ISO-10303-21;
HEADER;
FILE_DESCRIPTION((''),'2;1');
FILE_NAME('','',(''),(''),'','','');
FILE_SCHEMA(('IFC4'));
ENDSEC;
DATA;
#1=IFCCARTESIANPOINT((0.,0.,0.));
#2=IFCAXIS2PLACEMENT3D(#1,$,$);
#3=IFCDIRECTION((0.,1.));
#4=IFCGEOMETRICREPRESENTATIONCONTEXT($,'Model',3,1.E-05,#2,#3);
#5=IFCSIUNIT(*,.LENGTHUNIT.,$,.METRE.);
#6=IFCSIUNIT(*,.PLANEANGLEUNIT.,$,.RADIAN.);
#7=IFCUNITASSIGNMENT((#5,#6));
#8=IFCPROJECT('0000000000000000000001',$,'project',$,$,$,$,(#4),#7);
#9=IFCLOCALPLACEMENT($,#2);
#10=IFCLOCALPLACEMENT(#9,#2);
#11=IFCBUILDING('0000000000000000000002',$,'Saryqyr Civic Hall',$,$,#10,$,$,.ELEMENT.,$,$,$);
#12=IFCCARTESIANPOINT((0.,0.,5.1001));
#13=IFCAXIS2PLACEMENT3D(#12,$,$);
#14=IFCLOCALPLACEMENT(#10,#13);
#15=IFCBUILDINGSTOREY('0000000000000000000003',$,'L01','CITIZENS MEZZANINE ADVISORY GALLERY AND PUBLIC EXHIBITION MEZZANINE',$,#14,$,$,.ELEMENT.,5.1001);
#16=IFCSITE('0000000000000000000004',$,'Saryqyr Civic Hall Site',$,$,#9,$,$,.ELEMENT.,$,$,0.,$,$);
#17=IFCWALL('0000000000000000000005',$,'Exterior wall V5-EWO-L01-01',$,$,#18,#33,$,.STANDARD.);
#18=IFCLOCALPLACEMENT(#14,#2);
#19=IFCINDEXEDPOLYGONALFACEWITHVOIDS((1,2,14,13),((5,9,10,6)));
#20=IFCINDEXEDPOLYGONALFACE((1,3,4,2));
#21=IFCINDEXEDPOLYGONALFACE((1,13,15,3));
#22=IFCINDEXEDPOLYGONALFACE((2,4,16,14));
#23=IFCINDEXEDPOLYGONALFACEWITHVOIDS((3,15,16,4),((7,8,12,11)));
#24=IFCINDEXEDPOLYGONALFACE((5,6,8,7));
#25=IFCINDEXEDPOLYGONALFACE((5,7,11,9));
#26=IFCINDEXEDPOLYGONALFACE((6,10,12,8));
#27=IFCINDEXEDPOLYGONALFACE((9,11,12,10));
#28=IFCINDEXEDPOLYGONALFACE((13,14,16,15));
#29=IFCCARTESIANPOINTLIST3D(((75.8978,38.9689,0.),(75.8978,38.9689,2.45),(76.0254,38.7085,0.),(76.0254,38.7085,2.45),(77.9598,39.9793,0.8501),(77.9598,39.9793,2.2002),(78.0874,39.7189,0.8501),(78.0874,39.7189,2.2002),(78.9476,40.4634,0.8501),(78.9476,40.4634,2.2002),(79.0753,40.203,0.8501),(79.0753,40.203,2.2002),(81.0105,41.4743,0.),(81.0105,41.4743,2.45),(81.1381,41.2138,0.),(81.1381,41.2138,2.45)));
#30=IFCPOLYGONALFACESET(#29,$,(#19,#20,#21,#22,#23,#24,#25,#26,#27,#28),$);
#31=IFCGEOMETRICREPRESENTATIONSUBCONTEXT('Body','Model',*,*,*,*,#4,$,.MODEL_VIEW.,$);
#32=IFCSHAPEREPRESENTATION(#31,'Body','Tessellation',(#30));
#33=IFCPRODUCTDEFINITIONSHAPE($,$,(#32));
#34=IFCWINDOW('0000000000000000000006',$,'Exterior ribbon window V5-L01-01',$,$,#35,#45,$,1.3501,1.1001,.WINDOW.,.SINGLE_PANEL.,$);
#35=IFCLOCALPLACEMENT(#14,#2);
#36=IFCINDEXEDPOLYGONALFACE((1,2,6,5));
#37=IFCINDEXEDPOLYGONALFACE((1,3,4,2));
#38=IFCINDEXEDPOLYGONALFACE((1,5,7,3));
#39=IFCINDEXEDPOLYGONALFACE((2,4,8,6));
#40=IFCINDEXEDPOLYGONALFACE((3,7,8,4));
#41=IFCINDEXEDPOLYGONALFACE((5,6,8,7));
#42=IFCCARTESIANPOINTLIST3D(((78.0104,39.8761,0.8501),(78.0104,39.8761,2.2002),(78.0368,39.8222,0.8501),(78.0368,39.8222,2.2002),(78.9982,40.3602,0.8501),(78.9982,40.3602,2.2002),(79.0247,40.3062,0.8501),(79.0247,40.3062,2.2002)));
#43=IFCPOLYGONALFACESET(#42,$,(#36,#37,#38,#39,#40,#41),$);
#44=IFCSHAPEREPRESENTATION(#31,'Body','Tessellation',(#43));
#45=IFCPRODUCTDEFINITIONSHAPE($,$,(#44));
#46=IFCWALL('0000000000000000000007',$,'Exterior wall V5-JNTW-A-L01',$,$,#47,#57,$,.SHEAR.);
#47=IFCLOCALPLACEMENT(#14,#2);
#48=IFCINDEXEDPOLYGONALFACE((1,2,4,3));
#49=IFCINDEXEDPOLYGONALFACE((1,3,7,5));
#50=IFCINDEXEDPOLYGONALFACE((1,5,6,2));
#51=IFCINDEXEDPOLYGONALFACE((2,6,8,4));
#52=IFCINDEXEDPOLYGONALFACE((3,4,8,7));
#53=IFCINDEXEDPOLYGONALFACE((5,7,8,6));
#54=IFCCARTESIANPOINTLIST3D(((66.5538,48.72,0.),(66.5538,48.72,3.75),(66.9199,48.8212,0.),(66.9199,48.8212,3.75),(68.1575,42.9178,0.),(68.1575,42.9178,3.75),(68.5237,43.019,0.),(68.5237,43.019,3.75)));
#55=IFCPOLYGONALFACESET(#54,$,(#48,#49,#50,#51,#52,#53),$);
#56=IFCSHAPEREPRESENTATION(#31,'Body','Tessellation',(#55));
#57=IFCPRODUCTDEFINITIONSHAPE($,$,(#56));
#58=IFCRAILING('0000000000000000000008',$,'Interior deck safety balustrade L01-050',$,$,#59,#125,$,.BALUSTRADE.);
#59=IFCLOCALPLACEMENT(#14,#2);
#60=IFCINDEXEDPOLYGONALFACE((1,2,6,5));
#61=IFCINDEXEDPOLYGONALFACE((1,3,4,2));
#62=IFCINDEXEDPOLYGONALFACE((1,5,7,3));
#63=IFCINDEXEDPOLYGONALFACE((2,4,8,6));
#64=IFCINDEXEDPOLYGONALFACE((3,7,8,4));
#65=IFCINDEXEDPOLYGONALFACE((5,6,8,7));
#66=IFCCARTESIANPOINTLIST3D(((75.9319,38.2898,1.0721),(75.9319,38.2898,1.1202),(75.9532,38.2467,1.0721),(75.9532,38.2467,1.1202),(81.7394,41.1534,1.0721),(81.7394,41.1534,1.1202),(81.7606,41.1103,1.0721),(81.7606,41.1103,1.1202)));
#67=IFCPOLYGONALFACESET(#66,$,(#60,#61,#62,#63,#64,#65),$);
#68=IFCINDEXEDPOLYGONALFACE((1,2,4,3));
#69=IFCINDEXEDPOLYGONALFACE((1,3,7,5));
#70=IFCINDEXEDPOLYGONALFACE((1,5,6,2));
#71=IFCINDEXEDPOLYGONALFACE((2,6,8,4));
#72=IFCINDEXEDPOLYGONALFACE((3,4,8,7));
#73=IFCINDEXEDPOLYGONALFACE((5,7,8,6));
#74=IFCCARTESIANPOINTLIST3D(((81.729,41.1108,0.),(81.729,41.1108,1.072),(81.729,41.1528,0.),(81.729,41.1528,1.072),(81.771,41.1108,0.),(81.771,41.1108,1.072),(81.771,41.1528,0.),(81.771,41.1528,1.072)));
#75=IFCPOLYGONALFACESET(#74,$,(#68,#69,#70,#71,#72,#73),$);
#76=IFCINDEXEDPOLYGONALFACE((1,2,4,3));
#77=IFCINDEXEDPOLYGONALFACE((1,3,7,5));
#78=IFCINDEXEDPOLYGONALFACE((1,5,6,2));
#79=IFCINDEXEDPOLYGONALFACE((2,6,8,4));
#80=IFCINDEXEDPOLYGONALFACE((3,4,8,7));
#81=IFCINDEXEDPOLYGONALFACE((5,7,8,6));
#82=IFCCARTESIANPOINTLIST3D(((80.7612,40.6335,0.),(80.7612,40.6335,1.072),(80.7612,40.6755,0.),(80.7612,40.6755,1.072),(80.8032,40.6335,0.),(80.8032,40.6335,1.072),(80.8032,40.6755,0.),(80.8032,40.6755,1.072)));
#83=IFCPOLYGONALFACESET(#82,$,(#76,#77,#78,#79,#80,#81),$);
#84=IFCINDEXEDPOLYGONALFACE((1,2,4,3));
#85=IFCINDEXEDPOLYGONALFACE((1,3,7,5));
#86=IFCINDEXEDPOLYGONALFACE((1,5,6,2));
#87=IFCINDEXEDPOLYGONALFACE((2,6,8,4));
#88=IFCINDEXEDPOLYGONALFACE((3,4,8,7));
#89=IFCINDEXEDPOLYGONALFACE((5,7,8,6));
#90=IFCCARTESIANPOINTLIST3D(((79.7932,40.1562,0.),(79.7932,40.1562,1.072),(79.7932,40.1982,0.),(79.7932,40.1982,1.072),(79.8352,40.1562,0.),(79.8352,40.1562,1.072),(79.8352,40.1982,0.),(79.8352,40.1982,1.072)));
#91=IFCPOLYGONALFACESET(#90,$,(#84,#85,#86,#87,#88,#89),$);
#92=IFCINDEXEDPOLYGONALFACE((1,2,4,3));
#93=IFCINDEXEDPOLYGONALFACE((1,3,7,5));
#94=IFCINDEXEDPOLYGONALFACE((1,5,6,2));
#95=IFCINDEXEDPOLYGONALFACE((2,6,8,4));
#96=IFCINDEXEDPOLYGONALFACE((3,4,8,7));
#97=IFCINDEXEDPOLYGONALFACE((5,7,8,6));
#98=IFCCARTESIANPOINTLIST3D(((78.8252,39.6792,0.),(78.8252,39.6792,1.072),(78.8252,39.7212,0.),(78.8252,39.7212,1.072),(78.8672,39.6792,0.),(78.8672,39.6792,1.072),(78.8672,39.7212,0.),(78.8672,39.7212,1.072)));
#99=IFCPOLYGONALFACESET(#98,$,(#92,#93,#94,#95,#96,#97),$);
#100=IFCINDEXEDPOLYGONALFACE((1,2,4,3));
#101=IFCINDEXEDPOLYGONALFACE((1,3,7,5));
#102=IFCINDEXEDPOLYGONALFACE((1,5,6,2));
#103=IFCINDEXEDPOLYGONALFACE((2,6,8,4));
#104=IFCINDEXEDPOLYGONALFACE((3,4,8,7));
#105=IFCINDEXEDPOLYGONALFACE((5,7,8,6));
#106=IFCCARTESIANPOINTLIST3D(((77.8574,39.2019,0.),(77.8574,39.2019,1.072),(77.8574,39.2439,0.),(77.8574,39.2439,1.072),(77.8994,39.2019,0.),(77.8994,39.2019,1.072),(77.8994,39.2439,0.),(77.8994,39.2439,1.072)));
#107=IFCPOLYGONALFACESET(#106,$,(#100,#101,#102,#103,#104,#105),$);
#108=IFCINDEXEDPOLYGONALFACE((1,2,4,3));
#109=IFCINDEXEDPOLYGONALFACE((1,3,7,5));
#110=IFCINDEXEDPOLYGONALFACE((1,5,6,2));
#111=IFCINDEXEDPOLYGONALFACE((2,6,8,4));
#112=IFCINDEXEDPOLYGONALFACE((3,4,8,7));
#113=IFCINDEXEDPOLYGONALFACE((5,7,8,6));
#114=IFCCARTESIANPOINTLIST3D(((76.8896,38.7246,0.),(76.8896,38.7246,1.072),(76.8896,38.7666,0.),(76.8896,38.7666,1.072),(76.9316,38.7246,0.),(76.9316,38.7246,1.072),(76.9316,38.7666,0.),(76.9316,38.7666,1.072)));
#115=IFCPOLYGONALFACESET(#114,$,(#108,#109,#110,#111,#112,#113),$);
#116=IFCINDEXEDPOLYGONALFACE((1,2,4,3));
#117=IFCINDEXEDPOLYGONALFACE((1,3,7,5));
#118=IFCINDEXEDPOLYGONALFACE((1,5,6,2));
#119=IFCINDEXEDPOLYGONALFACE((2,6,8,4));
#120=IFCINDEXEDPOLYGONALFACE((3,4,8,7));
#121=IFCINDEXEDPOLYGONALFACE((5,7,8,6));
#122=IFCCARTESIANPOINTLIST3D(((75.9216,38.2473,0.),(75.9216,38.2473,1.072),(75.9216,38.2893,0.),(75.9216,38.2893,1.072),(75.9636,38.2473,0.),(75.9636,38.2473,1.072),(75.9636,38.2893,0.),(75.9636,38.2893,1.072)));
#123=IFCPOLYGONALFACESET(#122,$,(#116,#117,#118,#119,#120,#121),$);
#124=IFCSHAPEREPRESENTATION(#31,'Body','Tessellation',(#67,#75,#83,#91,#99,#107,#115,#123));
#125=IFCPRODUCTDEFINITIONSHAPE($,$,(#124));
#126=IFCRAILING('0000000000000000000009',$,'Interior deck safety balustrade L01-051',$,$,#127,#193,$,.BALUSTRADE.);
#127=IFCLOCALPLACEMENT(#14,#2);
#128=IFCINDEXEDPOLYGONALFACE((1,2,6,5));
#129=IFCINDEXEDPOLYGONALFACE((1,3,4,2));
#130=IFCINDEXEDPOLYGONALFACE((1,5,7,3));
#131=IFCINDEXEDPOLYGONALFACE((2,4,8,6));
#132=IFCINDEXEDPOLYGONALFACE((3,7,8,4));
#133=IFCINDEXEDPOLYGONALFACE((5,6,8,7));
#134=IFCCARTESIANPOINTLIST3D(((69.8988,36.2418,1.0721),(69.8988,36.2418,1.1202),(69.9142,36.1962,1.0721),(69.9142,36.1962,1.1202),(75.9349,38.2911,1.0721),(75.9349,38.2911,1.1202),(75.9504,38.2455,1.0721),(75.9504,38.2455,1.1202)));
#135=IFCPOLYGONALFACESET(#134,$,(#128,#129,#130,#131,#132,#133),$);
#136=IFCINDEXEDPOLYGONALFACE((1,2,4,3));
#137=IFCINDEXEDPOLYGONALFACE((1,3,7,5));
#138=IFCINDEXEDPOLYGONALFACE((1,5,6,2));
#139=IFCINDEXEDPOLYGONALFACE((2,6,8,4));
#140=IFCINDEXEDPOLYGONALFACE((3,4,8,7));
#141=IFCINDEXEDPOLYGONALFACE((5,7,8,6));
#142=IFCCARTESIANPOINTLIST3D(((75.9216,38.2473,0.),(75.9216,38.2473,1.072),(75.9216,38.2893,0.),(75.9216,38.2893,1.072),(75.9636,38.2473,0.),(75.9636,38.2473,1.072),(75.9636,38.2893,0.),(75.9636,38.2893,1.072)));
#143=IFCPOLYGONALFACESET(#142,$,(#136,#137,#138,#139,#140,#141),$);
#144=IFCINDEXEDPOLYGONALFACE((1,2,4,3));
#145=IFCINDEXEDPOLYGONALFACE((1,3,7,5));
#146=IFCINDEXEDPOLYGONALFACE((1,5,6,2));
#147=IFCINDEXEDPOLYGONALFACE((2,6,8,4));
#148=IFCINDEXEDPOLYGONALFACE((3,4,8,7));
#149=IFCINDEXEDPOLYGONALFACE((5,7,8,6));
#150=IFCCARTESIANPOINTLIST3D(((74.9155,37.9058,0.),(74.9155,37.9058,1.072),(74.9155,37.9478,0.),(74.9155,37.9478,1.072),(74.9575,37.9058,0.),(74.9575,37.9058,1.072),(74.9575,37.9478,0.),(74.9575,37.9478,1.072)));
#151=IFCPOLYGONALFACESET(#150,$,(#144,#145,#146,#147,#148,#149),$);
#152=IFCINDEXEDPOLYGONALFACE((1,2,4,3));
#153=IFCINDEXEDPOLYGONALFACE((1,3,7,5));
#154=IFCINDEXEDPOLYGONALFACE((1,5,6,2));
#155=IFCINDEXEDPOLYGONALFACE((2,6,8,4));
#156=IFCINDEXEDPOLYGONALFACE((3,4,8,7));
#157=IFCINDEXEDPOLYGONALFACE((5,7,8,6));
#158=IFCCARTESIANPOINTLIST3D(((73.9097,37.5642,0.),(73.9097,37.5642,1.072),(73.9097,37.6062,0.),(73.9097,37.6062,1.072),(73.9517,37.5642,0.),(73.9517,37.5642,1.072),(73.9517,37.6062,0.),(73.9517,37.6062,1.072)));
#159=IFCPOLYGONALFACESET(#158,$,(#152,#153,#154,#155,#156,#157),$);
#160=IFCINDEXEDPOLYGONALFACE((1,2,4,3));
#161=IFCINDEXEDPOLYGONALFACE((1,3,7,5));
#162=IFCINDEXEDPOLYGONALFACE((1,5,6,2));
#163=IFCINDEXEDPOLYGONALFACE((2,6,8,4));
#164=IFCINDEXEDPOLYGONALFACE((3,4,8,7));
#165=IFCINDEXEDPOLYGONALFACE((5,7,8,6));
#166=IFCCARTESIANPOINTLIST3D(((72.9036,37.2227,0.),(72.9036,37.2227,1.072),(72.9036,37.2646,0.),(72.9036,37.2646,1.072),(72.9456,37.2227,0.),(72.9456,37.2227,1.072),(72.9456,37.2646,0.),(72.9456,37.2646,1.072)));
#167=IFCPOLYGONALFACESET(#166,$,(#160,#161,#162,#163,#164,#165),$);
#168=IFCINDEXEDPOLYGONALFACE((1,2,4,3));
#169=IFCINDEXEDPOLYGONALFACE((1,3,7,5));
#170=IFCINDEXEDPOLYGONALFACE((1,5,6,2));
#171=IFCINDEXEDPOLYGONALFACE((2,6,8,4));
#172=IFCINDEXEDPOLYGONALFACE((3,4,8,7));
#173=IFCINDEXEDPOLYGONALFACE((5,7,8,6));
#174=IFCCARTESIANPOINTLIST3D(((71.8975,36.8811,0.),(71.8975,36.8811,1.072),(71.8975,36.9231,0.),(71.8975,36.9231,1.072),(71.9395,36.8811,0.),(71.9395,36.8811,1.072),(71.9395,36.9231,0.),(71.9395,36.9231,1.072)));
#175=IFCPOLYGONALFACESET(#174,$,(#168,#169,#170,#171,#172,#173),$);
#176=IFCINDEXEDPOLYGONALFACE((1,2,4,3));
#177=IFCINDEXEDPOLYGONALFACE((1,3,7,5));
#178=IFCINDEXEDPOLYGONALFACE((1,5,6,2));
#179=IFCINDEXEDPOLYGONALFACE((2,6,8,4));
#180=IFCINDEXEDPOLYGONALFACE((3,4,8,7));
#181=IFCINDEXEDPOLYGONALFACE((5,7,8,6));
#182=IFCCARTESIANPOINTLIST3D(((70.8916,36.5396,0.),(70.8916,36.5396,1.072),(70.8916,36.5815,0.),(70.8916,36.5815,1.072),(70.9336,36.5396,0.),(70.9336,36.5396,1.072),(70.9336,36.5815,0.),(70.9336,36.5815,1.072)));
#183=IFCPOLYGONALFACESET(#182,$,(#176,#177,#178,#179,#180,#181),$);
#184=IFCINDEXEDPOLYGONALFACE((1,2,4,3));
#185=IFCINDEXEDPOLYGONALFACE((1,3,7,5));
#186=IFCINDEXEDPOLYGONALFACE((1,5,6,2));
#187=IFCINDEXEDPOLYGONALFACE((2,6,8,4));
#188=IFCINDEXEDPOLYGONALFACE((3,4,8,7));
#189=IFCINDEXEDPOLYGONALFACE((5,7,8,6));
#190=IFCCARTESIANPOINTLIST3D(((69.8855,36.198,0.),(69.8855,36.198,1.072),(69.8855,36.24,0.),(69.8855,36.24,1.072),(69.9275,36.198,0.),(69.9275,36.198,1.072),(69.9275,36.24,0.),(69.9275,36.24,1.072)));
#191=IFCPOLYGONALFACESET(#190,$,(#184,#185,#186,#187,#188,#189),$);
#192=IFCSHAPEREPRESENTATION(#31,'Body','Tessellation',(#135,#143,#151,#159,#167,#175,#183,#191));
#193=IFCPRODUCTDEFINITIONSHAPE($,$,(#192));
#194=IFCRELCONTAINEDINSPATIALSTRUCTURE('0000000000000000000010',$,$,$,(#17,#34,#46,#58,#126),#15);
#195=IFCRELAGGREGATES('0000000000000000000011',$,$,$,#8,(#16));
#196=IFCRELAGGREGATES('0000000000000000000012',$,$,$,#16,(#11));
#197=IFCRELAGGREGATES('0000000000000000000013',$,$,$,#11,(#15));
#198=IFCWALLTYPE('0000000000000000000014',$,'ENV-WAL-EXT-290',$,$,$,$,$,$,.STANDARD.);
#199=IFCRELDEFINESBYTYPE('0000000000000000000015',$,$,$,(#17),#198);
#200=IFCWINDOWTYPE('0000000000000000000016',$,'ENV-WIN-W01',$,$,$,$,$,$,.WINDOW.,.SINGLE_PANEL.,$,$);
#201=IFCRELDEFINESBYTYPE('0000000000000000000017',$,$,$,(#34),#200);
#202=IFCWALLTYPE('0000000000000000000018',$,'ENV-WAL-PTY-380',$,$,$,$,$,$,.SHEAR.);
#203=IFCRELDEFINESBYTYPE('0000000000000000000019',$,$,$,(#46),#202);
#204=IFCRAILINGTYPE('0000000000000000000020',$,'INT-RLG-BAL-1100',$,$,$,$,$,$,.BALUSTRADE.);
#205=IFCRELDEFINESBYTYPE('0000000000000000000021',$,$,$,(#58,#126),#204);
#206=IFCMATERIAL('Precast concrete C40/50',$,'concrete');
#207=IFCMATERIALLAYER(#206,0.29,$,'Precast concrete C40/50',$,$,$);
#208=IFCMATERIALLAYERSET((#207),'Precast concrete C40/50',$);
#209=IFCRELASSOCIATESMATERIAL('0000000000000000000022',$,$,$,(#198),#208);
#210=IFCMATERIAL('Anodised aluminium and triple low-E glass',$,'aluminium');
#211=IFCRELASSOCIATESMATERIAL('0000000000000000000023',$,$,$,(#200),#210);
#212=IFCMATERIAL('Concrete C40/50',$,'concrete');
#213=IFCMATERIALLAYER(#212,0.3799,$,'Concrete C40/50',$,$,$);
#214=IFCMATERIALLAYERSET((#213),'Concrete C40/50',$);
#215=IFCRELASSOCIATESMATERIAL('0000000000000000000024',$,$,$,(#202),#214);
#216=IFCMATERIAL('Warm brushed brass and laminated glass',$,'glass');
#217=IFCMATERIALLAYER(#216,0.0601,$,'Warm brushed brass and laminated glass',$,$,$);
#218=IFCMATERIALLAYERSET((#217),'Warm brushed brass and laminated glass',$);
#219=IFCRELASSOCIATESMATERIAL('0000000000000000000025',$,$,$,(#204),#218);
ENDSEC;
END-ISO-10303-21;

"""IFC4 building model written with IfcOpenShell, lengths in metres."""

from ifc_helpers import new_model, si_unit, direction, frame, frame_2d, origin, origin_2d, place, context, subcontext, project, spatial, rectangle, extrude, material, layer, layer_set, type_object, element, fill, save


model = new_model("IFC4")

# Units and contexts
model_context = context("Model", 3, precision=1e-05, world=origin(), true_north=direction((0.0, 1.0)))
body_context = subcontext(model_context, "Body", "Model", "MODEL_VIEW")
ifc_project = project(units=[si_unit("LENGTHUNIT", "METRE"), si_unit("PLANEANGLEUNIT", "RADIAN")], contexts=[model_context])

# Site, building, storey
site_placement = place(None, origin())
site = spatial("IfcSite", under=ifc_project, at=site_placement, Name="Saryqyr Civic Hall Site", CompositionType="ELEMENT", RefElevation=0.0)
building_placement = place(site_placement, origin())
building = spatial("IfcBuilding", under=site, at=building_placement, Name="Saryqyr Civic Hall", CompositionType="ELEMENT")
storey_placement = place(building_placement, frame((0.0, 0.0, 5.1001)))
storey = spatial("IfcBuildingStorey", under=building, at=storey_placement, Name="L01", Description="CITIZENS MEZZANINE ADVISORY GALLERY AND PUBLIC EXHIBITION MEZZANINE", CompositionType="ELEMENT", Elevation=5.1001)

# Shared definitions
ifc_material_1 = material(Name="Concrete C40/50", Category="concrete")

# Shared definitions
ifc_material_2 = material(Name="Anodised aluminium and triple low-E glass", Category="aluminium")

# Shared definitions
ifc_material_3 = material(Name="Precast concrete C40/50", Category="concrete")

# Wall, opening, window
ifc_layer_1 = layer(ifc_material_3, 0.29, Name="Precast concrete C40/50")
ifc_layer_set_1 = layer_set([ifc_layer_1], Name="Precast concrete C40/50")
wall_type_1 = type_object("IfcWallType", Name="ENV-WAL-EXT-290", PredefinedType="STANDARD", material=ifc_layer_set_1)
wall_1_placement = place(storey_placement, frame((81.0742, 41.344, 0.0), z_axis=(0.0, 0.0, 1.0), x_axis=(-0.897983, -0.44003, 0.0)))
wall_1 = element("IfcWall", 1, at=wall_1_placement, inside=storey, type_object=wall_type_1, Name="Exterior wall V5-EWO-L01-01", PredefinedType="STANDARD", context=body_context, shape_type="SweptSolid", body=[
    extrude(rectangle(XDim=5.6936, YDim=0.29, at=frame_2d((2.8467, 0.0))), origin(), (0.0, 0.0, 1.0), 2.45),
])
opening_1_placement = place(wall_1_placement, frame((2.2971, 0.0, 0.8501)))
opening_1 = element("IfcOpeningElement", 2, at=opening_1_placement, cuts=wall_1, PredefinedType="OPENING", context=body_context, shape_type="SweptSolid", body=[
    extrude(rectangle(XDim=1.1001, YDim=1.3501, at=frame_2d((0.55, 0.675))), frame((0.0, 0.155, 0.0), z_axis=(0.0, -1.0, 0.0), x_axis=(1.0, 0.0, 0.0)), (0.0, 0.0, 1.0), 0.3101),
])
window_type_1 = type_object("IfcWindowType", Name="ENV-WIN-W01", PartitioningType="SINGLE_PANEL", PredefinedType="WINDOW", material=ifc_material_2)
window_1_placement = place(opening_1_placement, origin())
window_1 = element("IfcWindow", 3, at=window_1_placement, inside=storey, type_object=window_type_1, Name="Exterior ribbon window V5-L01-01", OverallHeight=1.3501, OverallWidth=1.1001, PartitioningType="SINGLE_PANEL", PredefinedType="WINDOW", context=body_context, shape_type="SweptSolid", body=[
    extrude(rectangle(XDim=1.1001, YDim=1.3501, at=frame_2d((0.55, 0.675))), frame((0.0, 0.03, 0.0), z_axis=(0.0, -1.0, 0.0), x_axis=(1.0, 0.0, 0.0)), (0.0, 0.0, 1.0), 0.0601),
])
fill(opening_1, window_1)

# Wall
ifc_layer_2 = layer(ifc_material_1, 0.3799, Name="Concrete C40/50")
ifc_layer_set_2 = layer_set([ifc_layer_2], Name="Concrete C40/50")
wall_type_2 = type_object("IfcWallType", Name="ENV-WAL-PTY-380", PredefinedType="SHEAR", material=ifc_layer_set_2)
wall_2_placement = place(storey_placement, frame((68.3406, 42.9685, 0.0), z_axis=(0.0, 0.0, 1.0), x_axis=(-0.266414, 0.963859, 0.0)))
element("IfcWall", 4, at=wall_2_placement, inside=storey, type_object=wall_type_2, Name="Exterior wall V5-JNTW-A-L01", PredefinedType="SHEAR", context=body_context, shape_type="SweptSolid", body=[
    extrude(rectangle(XDim=6.0198, YDim=0.3799, at=frame_2d((3.0098, 0.0))), origin(), (0.0, 0.0, 1.0), 3.75),
])

# Railings
ifc_material_4 = material(Name="Warm brushed brass and laminated glass", Category="glass")
ifc_layer_3 = layer(ifc_material_4, 0.0601, Name="Warm brushed brass and laminated glass")
ifc_layer_set_3 = layer_set([ifc_layer_3], Name="Warm brushed brass and laminated glass")
railing_type = type_object("IfcRailingType", Name="INT-RLG-BAL-1100", PredefinedType="BALUSTRADE", material=ifc_layer_set_3)
railing_1_placement = place(storey_placement, frame((81.75, 41.1318, 0.0)))
element("IfcRailing", 5, at=railing_1_placement, inside=storey, type_object=railing_type, Name="Interior deck safety balustrade L01-050", PredefinedType="BALUSTRADE", context=body_context, shape_type="SweptSolid", body=[
    extrude(rectangle(XDim=0.0481, YDim=0.0481, at=origin_2d()), frame((0.0, 0.0, 1.0962), z_axis=(-0.896894, -0.442245, 0.0), x_axis=(0.442245, -0.896894, 0.0)), (0.0, 0.0, 1.0), 6.4751),
    extrude(rectangle(XDim=0.042, YDim=0.042, at=origin_2d()), origin(), (0.0, 0.0, 1.0), 1.072),
    extrude(rectangle(XDim=0.042, YDim=0.042, at=origin_2d()), frame((-0.9678, -0.4773, 0.0)), (0.0, 0.0, 1.0), 1.072),
    extrude(rectangle(XDim=0.042, YDim=0.042, at=origin_2d()), frame((-1.9358, -0.9546, 0.0)), (0.0, 0.0, 1.0), 1.072),
    extrude(rectangle(XDim=0.042, YDim=0.042, at=origin_2d()), frame((-2.9038, -1.4316, 0.0)), (0.0, 0.0, 1.0), 1.072),
    extrude(rectangle(XDim=0.042, YDim=0.042, at=origin_2d()), frame((-3.8716, -1.9089, 0.0)), (0.0, 0.0, 1.0), 1.072),
    extrude(rectangle(XDim=0.042, YDim=0.042, at=origin_2d()), frame((-4.8394, -2.3862, 0.0)), (0.0, 0.0, 1.0), 1.072),
    extrude(rectangle(XDim=0.042, YDim=0.042, at=origin_2d()), frame((-5.8074, -2.8635, 0.0)), (0.0, 0.0, 1.0), 1.072),
])
railing_2_placement = place(storey_placement, frame((75.9426, 38.2683, 0.0)))
element("IfcRailing", 6, at=railing_2_placement, inside=storey, type_object=railing_type, Name="Interior deck safety balustrade L01-051", PredefinedType="BALUSTRADE", context=body_context, shape_type="SweptSolid", body=[
    extrude(rectangle(XDim=0.0481, YDim=0.0481, at=origin_2d()), frame((0.0, 0.0, 1.0962), z_axis=(-0.946915, -0.321485, 0.0), x_axis=(0.321485, -0.946915, 0.0)), (0.0, 0.0, 1.0), 6.3745),
    extrude(rectangle(XDim=0.042, YDim=0.042, at=origin_2d()), origin(), (0.0, 0.0, 1.0), 1.072),
    extrude(rectangle(XDim=0.042, YDim=0.042, at=origin_2d()), frame((-1.0061, -0.3416, 0.0)), (0.0, 0.0, 1.0), 1.072),
    extrude(rectangle(XDim=0.042, YDim=0.042, at=origin_2d()), frame((-2.012, -0.6831, 0.0)), (0.0, 0.0, 1.0), 1.072),
    extrude(rectangle(XDim=0.042, YDim=0.042, at=origin_2d()), frame((-3.0181, -1.0247, 0.0)), (0.0, 0.0, 1.0), 1.072),
    extrude(rectangle(XDim=0.042, YDim=0.042, at=origin_2d()), frame((-4.0242, -1.3662, 0.0)), (0.0, 0.0, 1.0), 1.072),
    extrude(rectangle(XDim=0.042, YDim=0.042, at=origin_2d()), frame((-5.03, -1.7078, 0.0)), (0.0, 0.0, 1.0), 1.072),
    extrude(rectangle(XDim=0.042, YDim=0.042, at=origin_2d()), frame((-6.0361, -2.0493, 0.0)), (0.0, 0.0, 1.0), 1.072),
])

save(model, "model.ifc")
